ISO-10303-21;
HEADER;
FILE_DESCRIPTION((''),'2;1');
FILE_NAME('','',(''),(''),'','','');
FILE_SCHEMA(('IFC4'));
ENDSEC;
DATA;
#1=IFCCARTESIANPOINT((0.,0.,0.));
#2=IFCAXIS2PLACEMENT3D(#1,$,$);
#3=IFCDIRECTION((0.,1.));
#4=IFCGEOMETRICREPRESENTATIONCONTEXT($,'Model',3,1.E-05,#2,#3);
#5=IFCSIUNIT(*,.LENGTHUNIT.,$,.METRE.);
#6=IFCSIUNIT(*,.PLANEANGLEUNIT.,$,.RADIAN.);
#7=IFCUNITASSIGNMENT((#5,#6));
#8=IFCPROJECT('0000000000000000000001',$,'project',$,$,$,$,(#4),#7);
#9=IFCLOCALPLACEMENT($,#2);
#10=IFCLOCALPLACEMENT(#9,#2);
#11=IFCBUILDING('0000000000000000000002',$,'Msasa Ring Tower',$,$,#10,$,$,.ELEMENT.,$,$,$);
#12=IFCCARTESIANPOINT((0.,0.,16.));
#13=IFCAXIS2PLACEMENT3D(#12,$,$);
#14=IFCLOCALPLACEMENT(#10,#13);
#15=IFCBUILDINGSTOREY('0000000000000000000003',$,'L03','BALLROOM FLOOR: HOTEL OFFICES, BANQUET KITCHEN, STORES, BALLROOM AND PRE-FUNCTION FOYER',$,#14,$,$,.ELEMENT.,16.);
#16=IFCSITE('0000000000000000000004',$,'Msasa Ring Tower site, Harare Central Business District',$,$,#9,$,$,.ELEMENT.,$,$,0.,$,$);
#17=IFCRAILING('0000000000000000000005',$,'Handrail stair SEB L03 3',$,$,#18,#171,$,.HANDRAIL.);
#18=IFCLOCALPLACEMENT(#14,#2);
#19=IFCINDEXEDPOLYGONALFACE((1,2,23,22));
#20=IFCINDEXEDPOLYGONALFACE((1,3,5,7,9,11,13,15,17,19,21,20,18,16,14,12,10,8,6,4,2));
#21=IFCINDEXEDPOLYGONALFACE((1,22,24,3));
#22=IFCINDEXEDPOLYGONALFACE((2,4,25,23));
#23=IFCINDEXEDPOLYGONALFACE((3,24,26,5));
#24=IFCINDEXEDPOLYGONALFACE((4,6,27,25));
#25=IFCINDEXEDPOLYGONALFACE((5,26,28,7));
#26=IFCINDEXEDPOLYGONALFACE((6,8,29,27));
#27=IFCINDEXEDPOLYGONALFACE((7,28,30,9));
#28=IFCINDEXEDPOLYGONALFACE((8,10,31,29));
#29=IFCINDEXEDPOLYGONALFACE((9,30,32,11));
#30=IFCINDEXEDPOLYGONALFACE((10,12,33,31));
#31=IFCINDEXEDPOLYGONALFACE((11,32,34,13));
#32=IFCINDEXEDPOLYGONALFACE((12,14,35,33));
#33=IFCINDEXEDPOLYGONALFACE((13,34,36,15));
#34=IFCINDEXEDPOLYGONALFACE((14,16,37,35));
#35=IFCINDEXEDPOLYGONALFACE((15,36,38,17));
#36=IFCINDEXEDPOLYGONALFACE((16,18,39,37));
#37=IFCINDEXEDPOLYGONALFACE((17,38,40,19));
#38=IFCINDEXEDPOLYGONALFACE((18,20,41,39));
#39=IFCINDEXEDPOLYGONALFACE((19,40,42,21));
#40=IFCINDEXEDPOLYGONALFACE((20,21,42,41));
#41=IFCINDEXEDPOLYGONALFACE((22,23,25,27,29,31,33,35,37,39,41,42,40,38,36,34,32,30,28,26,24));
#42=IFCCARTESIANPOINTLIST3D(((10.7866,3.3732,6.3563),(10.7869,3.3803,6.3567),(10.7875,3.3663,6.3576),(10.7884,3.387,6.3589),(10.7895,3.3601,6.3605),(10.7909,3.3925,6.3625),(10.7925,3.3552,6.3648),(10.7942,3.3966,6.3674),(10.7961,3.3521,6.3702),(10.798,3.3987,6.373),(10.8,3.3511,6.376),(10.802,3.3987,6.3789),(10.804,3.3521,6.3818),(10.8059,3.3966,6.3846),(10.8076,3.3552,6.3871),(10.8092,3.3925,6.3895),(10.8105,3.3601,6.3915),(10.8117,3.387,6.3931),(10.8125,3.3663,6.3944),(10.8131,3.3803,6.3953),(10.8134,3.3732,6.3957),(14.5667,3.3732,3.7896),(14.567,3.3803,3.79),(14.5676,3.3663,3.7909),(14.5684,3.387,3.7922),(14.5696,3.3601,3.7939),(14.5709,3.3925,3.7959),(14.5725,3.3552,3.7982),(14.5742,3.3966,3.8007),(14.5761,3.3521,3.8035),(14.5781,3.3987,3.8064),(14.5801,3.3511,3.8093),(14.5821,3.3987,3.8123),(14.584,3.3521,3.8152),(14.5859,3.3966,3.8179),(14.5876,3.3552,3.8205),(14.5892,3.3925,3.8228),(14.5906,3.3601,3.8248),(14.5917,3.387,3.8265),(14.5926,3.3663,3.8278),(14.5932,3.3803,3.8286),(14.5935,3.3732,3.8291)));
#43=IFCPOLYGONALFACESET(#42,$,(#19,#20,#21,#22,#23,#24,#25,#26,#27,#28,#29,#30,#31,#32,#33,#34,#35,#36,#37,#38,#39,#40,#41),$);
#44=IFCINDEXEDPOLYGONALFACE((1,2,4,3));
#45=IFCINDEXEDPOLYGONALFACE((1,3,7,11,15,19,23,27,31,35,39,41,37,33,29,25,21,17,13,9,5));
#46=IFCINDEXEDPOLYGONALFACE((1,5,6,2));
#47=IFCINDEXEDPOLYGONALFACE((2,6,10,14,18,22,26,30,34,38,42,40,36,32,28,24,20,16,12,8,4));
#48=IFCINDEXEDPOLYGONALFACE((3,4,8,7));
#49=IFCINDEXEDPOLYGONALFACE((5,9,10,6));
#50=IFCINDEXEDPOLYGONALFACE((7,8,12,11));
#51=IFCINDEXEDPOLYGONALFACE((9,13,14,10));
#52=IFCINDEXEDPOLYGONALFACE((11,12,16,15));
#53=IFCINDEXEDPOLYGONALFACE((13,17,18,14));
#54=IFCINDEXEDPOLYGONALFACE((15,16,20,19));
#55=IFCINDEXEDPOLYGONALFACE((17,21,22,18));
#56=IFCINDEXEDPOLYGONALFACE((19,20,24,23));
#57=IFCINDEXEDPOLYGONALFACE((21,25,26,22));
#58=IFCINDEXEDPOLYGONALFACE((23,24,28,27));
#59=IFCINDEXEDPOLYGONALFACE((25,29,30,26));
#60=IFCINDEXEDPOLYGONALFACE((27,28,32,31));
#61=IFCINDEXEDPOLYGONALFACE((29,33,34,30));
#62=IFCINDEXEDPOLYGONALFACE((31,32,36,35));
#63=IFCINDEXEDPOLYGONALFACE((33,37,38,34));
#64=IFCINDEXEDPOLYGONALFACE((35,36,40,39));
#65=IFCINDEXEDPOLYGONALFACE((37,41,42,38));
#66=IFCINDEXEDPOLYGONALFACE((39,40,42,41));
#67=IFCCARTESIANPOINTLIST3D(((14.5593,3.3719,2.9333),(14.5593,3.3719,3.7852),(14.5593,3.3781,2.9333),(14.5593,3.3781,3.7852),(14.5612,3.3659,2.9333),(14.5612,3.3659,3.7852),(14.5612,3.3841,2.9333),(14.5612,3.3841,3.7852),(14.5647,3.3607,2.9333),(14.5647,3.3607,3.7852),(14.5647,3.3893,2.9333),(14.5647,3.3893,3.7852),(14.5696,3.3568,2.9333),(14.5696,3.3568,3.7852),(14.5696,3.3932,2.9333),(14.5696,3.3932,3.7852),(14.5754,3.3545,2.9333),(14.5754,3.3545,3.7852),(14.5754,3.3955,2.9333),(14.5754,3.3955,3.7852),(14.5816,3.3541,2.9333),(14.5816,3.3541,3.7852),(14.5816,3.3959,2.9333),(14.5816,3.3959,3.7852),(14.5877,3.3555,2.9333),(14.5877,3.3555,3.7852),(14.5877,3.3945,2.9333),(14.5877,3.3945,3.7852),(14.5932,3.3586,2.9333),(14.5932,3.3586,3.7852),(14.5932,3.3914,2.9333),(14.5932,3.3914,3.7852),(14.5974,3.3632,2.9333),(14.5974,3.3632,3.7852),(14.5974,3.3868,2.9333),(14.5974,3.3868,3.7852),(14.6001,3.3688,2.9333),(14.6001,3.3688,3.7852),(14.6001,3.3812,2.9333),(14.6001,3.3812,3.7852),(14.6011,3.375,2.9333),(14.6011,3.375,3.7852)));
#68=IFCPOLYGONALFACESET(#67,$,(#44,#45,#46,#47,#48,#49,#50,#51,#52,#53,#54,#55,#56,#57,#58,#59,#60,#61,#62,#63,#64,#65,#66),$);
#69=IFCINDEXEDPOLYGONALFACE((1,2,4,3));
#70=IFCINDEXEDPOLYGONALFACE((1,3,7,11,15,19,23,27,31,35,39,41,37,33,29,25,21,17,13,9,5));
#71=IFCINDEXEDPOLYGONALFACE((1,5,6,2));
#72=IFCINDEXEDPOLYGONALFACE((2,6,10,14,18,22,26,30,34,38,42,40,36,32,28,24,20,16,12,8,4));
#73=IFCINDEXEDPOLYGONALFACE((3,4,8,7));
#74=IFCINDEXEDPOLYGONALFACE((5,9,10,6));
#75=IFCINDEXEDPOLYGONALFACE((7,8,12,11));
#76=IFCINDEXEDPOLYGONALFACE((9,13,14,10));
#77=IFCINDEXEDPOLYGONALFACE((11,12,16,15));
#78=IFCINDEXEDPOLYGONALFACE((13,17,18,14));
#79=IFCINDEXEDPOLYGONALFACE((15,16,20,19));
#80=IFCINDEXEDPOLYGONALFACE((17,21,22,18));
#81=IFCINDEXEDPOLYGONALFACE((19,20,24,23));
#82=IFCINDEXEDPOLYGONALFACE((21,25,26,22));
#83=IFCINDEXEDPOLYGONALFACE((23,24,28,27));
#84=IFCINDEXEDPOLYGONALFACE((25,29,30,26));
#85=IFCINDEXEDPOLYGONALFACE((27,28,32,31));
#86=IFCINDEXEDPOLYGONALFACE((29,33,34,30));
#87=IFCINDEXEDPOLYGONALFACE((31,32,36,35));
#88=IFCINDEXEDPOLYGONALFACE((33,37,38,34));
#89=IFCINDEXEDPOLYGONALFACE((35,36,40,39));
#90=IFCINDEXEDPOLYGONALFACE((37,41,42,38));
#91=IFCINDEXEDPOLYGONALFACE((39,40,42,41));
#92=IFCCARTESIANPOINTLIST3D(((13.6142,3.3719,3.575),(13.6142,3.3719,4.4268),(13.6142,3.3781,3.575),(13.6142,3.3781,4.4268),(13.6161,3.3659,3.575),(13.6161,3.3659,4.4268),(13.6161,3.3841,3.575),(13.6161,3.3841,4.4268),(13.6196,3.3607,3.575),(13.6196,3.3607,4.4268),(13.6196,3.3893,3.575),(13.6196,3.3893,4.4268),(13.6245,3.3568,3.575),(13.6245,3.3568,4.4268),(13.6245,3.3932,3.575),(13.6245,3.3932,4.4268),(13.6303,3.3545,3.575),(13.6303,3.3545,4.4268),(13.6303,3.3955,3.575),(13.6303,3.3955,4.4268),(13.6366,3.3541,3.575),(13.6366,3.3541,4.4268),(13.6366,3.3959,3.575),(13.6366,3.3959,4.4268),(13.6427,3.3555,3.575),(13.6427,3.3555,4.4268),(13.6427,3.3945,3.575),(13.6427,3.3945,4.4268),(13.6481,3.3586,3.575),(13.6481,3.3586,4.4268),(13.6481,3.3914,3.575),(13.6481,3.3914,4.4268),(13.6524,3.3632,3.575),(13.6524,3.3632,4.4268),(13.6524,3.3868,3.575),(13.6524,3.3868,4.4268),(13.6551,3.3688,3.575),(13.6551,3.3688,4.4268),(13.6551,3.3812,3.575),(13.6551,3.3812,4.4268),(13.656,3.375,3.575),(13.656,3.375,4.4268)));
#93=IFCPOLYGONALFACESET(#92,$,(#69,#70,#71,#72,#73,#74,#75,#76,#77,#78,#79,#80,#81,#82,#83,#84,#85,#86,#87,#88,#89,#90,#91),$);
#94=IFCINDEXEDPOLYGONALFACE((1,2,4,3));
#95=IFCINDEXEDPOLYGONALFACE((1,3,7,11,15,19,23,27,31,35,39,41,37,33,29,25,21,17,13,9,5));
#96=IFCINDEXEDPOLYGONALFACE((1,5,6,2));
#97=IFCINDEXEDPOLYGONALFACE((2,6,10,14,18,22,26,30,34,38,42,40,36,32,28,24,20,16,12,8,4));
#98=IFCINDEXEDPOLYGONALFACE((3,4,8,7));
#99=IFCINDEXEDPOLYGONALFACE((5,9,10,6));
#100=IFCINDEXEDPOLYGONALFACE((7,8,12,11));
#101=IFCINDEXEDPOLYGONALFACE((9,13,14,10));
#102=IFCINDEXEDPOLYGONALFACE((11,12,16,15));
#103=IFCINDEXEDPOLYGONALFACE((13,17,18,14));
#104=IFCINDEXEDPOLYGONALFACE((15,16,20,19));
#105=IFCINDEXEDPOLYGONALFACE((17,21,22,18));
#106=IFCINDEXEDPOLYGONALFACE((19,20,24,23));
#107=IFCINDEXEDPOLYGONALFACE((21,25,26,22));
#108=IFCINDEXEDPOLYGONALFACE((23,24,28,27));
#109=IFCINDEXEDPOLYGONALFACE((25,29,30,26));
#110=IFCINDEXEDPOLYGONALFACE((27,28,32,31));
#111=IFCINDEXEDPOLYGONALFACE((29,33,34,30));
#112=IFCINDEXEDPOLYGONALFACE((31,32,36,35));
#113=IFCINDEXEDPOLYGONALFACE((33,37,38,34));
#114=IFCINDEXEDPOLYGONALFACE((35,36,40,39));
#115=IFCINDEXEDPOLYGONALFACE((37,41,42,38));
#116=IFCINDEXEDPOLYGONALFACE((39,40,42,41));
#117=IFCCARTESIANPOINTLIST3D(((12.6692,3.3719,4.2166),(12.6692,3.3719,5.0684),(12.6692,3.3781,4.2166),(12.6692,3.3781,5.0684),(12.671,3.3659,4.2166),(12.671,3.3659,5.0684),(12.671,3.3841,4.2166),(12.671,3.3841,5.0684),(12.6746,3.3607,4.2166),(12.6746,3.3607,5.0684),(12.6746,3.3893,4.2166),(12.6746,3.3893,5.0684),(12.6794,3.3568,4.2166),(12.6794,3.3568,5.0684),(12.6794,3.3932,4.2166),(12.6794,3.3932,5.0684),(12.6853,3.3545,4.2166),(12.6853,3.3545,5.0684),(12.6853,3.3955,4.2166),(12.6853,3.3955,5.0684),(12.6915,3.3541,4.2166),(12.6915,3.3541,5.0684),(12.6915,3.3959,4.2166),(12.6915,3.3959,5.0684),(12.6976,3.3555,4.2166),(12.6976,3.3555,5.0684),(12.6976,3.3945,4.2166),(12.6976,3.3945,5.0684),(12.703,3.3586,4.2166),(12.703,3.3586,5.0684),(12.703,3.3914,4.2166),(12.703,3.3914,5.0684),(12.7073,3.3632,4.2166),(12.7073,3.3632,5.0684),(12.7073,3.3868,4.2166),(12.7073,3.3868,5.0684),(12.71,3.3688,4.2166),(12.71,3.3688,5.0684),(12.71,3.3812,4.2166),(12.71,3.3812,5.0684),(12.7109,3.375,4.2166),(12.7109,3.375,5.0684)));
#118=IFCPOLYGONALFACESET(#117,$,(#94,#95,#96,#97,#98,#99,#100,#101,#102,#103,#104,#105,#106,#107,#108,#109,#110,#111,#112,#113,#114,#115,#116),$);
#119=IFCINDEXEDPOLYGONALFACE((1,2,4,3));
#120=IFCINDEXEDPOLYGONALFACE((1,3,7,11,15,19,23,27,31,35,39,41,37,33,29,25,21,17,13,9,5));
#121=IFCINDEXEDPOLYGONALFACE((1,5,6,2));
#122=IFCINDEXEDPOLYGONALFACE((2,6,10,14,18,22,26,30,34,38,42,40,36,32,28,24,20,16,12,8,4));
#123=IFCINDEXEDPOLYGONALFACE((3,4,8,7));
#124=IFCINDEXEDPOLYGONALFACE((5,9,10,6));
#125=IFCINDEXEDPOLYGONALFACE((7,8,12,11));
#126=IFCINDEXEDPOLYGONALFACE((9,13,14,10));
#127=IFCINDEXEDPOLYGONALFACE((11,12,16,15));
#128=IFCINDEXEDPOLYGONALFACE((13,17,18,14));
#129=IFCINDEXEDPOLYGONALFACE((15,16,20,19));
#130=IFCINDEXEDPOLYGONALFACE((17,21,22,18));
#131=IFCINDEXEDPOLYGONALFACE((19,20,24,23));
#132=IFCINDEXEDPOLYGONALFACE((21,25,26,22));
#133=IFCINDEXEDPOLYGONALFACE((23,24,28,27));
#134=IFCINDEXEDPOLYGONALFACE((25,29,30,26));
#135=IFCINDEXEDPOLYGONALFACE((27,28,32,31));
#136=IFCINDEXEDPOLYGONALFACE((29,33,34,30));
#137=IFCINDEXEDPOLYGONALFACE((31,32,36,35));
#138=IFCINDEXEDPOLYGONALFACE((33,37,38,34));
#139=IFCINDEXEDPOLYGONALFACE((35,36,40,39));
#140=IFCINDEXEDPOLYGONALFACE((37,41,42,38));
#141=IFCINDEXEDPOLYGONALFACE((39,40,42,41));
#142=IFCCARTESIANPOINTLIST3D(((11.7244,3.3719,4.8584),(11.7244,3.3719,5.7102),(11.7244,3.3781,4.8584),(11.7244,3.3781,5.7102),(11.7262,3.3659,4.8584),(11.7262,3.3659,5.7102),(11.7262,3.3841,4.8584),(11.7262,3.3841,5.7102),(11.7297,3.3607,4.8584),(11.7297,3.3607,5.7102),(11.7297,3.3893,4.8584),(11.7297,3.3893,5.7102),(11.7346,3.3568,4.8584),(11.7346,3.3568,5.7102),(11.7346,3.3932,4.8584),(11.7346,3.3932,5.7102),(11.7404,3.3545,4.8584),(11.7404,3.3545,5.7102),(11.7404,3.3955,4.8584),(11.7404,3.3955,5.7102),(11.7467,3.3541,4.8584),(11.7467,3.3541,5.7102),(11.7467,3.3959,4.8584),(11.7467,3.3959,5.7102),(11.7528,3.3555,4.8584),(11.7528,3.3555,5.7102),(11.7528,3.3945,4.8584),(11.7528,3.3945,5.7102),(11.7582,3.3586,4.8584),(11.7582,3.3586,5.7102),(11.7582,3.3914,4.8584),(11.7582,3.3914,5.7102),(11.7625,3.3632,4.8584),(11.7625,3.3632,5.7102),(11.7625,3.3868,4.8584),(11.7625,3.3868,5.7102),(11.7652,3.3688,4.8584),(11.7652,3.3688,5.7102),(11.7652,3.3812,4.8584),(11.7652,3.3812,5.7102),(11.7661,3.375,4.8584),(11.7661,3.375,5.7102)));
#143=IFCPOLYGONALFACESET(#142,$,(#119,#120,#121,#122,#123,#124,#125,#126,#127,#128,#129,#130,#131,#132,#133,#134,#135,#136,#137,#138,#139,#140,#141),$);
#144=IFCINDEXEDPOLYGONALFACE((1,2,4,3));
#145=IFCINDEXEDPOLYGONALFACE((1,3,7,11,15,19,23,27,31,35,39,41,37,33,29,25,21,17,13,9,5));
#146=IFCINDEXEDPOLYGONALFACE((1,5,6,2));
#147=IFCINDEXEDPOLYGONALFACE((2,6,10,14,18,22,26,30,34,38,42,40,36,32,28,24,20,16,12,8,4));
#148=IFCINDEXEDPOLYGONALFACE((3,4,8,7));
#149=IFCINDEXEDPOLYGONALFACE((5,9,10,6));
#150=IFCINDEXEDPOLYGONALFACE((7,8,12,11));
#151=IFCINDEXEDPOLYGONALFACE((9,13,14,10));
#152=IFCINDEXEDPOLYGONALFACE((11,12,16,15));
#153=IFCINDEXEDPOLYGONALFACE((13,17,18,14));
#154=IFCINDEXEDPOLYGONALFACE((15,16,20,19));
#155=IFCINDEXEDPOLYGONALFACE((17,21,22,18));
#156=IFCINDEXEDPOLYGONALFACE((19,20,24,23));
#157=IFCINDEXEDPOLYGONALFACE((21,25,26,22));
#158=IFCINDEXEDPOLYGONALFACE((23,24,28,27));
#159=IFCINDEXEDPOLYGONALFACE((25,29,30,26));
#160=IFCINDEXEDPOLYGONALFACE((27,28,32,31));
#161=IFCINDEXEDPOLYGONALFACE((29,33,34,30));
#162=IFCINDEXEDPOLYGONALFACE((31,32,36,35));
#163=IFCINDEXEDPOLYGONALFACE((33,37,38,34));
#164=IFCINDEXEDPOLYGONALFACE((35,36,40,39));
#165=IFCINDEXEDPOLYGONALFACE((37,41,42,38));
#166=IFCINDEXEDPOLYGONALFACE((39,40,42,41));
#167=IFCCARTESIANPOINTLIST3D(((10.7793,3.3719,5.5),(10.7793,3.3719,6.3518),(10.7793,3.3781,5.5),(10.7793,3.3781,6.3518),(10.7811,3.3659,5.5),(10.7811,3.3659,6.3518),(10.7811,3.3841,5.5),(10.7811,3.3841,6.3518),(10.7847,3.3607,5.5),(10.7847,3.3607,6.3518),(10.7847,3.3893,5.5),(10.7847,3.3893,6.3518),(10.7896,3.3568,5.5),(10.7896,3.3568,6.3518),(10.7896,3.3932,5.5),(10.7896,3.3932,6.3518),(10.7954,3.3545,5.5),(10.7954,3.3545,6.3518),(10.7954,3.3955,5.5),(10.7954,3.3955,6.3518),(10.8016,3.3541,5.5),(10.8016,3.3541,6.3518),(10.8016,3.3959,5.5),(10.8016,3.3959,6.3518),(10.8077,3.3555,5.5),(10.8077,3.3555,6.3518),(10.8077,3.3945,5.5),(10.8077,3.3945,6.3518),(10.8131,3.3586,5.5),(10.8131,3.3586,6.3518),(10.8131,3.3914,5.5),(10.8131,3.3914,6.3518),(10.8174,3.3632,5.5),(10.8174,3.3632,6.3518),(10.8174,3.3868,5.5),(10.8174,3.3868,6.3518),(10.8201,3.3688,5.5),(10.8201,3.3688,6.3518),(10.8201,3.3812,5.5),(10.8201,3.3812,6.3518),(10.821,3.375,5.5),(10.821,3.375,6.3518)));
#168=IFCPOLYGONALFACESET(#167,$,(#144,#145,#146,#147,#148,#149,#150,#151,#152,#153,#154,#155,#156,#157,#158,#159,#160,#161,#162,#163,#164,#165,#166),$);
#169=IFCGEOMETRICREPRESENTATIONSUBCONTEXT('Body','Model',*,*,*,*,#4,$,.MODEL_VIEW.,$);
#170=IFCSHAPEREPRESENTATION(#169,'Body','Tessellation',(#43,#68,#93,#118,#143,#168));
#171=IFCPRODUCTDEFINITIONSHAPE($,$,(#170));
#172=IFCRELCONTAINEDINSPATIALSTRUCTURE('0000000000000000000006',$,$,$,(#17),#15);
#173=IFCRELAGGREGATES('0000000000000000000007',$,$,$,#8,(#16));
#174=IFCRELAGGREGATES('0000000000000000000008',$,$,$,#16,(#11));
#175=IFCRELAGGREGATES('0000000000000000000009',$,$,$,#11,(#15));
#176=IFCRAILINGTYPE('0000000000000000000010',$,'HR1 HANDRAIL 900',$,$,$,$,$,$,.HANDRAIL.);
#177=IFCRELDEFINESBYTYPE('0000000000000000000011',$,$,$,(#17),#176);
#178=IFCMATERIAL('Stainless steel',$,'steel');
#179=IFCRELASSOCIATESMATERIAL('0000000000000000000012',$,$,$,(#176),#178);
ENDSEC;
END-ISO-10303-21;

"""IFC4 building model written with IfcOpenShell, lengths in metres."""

from ifc_helpers import new_model, si_unit, direction, frame, origin, origin_2d, place, context, subcontext, project, spatial, circle, extrude, material, type_object, element, save


model = new_model("IFC4")

# Units and contexts
model_context = context("Model", 3, precision=1e-05, world=origin(), true_north=direction((0.0, 1.0)))
body_context = subcontext(model_context, "Body", "Model", "MODEL_VIEW")
ifc_project = project(units=[si_unit("LENGTHUNIT", "METRE"), si_unit("PLANEANGLEUNIT", "RADIAN")], contexts=[model_context])

# Site, building, storey
site_placement = place(None, origin())
site = spatial("IfcSite", under=ifc_project, at=site_placement, Name="Msasa Ring Tower site, Harare Central Business District", CompositionType="ELEMENT", RefElevation=0.0)
building_placement = place(site_placement, origin())
building = spatial("IfcBuilding", under=site, at=building_placement, Name="Msasa Ring Tower", CompositionType="ELEMENT")
storey_placement = place(building_placement, frame((0.0, 0.0, 16.0)))
storey = spatial("IfcBuildingStorey", under=building, at=storey_placement, Name="L03", Description="BALLROOM FLOOR: HOTEL OFFICES, BANQUET KITCHEN, STORES, BALLROOM AND PRE-FUNCTION FOYER", CompositionType="ELEMENT", Elevation=16.0)

# Railing
ifc_material_1 = material(Name="Stainless steel", Category="steel")
railing_type = type_object("IfcRailingType", Name="HR1 HANDRAIL 900", PredefinedType="HANDRAIL", material=ifc_material_1)
for number, where, name in (
    (1, (14.5801, 3.375, 2.9333), "Handrail stair SEB L03 3"),
):
    element("IfcRailing", number, at=place(storey_placement, frame(where)), inside=storey, type_object=railing_type, Name=name, PredefinedType="HANDRAIL", context=body_context, shape_type="SweptSolid", body=[
        extrude(circle(Radius=0.0239, at=origin_2d()), frame((0.0, 0.0, 0.876), z_axis=(-0.82731, 0.0, 0.561746), x_axis=(0.0, -1.0, 0.0)), (0.0, 0.0, 1.0), 4.5691),
        extrude(circle(Radius=0.021, at=origin_2d()), origin(), (0.0, 0.0, 1.0), 0.8518),
        extrude(circle(Radius=0.021, at=origin_2d()), frame((-0.9451, 0.0, 0.6416)), (0.0, 0.0, 1.0), 0.8518),
        extrude(circle(Radius=0.021, at=origin_2d()), frame((-1.8901, 0.0, 1.2832)), (0.0, 0.0, 1.0), 0.8518),
        extrude(circle(Radius=0.021, at=origin_2d()), frame((-2.835, 0.0, 1.925)), (0.0, 0.0, 1.0), 0.8518),
        extrude(circle(Radius=0.021, at=origin_2d()), frame((-3.78, 0.0, 2.5667)), (0.0, 0.0, 1.0), 0.8518),
    ])

save(model, "model.ifc")
